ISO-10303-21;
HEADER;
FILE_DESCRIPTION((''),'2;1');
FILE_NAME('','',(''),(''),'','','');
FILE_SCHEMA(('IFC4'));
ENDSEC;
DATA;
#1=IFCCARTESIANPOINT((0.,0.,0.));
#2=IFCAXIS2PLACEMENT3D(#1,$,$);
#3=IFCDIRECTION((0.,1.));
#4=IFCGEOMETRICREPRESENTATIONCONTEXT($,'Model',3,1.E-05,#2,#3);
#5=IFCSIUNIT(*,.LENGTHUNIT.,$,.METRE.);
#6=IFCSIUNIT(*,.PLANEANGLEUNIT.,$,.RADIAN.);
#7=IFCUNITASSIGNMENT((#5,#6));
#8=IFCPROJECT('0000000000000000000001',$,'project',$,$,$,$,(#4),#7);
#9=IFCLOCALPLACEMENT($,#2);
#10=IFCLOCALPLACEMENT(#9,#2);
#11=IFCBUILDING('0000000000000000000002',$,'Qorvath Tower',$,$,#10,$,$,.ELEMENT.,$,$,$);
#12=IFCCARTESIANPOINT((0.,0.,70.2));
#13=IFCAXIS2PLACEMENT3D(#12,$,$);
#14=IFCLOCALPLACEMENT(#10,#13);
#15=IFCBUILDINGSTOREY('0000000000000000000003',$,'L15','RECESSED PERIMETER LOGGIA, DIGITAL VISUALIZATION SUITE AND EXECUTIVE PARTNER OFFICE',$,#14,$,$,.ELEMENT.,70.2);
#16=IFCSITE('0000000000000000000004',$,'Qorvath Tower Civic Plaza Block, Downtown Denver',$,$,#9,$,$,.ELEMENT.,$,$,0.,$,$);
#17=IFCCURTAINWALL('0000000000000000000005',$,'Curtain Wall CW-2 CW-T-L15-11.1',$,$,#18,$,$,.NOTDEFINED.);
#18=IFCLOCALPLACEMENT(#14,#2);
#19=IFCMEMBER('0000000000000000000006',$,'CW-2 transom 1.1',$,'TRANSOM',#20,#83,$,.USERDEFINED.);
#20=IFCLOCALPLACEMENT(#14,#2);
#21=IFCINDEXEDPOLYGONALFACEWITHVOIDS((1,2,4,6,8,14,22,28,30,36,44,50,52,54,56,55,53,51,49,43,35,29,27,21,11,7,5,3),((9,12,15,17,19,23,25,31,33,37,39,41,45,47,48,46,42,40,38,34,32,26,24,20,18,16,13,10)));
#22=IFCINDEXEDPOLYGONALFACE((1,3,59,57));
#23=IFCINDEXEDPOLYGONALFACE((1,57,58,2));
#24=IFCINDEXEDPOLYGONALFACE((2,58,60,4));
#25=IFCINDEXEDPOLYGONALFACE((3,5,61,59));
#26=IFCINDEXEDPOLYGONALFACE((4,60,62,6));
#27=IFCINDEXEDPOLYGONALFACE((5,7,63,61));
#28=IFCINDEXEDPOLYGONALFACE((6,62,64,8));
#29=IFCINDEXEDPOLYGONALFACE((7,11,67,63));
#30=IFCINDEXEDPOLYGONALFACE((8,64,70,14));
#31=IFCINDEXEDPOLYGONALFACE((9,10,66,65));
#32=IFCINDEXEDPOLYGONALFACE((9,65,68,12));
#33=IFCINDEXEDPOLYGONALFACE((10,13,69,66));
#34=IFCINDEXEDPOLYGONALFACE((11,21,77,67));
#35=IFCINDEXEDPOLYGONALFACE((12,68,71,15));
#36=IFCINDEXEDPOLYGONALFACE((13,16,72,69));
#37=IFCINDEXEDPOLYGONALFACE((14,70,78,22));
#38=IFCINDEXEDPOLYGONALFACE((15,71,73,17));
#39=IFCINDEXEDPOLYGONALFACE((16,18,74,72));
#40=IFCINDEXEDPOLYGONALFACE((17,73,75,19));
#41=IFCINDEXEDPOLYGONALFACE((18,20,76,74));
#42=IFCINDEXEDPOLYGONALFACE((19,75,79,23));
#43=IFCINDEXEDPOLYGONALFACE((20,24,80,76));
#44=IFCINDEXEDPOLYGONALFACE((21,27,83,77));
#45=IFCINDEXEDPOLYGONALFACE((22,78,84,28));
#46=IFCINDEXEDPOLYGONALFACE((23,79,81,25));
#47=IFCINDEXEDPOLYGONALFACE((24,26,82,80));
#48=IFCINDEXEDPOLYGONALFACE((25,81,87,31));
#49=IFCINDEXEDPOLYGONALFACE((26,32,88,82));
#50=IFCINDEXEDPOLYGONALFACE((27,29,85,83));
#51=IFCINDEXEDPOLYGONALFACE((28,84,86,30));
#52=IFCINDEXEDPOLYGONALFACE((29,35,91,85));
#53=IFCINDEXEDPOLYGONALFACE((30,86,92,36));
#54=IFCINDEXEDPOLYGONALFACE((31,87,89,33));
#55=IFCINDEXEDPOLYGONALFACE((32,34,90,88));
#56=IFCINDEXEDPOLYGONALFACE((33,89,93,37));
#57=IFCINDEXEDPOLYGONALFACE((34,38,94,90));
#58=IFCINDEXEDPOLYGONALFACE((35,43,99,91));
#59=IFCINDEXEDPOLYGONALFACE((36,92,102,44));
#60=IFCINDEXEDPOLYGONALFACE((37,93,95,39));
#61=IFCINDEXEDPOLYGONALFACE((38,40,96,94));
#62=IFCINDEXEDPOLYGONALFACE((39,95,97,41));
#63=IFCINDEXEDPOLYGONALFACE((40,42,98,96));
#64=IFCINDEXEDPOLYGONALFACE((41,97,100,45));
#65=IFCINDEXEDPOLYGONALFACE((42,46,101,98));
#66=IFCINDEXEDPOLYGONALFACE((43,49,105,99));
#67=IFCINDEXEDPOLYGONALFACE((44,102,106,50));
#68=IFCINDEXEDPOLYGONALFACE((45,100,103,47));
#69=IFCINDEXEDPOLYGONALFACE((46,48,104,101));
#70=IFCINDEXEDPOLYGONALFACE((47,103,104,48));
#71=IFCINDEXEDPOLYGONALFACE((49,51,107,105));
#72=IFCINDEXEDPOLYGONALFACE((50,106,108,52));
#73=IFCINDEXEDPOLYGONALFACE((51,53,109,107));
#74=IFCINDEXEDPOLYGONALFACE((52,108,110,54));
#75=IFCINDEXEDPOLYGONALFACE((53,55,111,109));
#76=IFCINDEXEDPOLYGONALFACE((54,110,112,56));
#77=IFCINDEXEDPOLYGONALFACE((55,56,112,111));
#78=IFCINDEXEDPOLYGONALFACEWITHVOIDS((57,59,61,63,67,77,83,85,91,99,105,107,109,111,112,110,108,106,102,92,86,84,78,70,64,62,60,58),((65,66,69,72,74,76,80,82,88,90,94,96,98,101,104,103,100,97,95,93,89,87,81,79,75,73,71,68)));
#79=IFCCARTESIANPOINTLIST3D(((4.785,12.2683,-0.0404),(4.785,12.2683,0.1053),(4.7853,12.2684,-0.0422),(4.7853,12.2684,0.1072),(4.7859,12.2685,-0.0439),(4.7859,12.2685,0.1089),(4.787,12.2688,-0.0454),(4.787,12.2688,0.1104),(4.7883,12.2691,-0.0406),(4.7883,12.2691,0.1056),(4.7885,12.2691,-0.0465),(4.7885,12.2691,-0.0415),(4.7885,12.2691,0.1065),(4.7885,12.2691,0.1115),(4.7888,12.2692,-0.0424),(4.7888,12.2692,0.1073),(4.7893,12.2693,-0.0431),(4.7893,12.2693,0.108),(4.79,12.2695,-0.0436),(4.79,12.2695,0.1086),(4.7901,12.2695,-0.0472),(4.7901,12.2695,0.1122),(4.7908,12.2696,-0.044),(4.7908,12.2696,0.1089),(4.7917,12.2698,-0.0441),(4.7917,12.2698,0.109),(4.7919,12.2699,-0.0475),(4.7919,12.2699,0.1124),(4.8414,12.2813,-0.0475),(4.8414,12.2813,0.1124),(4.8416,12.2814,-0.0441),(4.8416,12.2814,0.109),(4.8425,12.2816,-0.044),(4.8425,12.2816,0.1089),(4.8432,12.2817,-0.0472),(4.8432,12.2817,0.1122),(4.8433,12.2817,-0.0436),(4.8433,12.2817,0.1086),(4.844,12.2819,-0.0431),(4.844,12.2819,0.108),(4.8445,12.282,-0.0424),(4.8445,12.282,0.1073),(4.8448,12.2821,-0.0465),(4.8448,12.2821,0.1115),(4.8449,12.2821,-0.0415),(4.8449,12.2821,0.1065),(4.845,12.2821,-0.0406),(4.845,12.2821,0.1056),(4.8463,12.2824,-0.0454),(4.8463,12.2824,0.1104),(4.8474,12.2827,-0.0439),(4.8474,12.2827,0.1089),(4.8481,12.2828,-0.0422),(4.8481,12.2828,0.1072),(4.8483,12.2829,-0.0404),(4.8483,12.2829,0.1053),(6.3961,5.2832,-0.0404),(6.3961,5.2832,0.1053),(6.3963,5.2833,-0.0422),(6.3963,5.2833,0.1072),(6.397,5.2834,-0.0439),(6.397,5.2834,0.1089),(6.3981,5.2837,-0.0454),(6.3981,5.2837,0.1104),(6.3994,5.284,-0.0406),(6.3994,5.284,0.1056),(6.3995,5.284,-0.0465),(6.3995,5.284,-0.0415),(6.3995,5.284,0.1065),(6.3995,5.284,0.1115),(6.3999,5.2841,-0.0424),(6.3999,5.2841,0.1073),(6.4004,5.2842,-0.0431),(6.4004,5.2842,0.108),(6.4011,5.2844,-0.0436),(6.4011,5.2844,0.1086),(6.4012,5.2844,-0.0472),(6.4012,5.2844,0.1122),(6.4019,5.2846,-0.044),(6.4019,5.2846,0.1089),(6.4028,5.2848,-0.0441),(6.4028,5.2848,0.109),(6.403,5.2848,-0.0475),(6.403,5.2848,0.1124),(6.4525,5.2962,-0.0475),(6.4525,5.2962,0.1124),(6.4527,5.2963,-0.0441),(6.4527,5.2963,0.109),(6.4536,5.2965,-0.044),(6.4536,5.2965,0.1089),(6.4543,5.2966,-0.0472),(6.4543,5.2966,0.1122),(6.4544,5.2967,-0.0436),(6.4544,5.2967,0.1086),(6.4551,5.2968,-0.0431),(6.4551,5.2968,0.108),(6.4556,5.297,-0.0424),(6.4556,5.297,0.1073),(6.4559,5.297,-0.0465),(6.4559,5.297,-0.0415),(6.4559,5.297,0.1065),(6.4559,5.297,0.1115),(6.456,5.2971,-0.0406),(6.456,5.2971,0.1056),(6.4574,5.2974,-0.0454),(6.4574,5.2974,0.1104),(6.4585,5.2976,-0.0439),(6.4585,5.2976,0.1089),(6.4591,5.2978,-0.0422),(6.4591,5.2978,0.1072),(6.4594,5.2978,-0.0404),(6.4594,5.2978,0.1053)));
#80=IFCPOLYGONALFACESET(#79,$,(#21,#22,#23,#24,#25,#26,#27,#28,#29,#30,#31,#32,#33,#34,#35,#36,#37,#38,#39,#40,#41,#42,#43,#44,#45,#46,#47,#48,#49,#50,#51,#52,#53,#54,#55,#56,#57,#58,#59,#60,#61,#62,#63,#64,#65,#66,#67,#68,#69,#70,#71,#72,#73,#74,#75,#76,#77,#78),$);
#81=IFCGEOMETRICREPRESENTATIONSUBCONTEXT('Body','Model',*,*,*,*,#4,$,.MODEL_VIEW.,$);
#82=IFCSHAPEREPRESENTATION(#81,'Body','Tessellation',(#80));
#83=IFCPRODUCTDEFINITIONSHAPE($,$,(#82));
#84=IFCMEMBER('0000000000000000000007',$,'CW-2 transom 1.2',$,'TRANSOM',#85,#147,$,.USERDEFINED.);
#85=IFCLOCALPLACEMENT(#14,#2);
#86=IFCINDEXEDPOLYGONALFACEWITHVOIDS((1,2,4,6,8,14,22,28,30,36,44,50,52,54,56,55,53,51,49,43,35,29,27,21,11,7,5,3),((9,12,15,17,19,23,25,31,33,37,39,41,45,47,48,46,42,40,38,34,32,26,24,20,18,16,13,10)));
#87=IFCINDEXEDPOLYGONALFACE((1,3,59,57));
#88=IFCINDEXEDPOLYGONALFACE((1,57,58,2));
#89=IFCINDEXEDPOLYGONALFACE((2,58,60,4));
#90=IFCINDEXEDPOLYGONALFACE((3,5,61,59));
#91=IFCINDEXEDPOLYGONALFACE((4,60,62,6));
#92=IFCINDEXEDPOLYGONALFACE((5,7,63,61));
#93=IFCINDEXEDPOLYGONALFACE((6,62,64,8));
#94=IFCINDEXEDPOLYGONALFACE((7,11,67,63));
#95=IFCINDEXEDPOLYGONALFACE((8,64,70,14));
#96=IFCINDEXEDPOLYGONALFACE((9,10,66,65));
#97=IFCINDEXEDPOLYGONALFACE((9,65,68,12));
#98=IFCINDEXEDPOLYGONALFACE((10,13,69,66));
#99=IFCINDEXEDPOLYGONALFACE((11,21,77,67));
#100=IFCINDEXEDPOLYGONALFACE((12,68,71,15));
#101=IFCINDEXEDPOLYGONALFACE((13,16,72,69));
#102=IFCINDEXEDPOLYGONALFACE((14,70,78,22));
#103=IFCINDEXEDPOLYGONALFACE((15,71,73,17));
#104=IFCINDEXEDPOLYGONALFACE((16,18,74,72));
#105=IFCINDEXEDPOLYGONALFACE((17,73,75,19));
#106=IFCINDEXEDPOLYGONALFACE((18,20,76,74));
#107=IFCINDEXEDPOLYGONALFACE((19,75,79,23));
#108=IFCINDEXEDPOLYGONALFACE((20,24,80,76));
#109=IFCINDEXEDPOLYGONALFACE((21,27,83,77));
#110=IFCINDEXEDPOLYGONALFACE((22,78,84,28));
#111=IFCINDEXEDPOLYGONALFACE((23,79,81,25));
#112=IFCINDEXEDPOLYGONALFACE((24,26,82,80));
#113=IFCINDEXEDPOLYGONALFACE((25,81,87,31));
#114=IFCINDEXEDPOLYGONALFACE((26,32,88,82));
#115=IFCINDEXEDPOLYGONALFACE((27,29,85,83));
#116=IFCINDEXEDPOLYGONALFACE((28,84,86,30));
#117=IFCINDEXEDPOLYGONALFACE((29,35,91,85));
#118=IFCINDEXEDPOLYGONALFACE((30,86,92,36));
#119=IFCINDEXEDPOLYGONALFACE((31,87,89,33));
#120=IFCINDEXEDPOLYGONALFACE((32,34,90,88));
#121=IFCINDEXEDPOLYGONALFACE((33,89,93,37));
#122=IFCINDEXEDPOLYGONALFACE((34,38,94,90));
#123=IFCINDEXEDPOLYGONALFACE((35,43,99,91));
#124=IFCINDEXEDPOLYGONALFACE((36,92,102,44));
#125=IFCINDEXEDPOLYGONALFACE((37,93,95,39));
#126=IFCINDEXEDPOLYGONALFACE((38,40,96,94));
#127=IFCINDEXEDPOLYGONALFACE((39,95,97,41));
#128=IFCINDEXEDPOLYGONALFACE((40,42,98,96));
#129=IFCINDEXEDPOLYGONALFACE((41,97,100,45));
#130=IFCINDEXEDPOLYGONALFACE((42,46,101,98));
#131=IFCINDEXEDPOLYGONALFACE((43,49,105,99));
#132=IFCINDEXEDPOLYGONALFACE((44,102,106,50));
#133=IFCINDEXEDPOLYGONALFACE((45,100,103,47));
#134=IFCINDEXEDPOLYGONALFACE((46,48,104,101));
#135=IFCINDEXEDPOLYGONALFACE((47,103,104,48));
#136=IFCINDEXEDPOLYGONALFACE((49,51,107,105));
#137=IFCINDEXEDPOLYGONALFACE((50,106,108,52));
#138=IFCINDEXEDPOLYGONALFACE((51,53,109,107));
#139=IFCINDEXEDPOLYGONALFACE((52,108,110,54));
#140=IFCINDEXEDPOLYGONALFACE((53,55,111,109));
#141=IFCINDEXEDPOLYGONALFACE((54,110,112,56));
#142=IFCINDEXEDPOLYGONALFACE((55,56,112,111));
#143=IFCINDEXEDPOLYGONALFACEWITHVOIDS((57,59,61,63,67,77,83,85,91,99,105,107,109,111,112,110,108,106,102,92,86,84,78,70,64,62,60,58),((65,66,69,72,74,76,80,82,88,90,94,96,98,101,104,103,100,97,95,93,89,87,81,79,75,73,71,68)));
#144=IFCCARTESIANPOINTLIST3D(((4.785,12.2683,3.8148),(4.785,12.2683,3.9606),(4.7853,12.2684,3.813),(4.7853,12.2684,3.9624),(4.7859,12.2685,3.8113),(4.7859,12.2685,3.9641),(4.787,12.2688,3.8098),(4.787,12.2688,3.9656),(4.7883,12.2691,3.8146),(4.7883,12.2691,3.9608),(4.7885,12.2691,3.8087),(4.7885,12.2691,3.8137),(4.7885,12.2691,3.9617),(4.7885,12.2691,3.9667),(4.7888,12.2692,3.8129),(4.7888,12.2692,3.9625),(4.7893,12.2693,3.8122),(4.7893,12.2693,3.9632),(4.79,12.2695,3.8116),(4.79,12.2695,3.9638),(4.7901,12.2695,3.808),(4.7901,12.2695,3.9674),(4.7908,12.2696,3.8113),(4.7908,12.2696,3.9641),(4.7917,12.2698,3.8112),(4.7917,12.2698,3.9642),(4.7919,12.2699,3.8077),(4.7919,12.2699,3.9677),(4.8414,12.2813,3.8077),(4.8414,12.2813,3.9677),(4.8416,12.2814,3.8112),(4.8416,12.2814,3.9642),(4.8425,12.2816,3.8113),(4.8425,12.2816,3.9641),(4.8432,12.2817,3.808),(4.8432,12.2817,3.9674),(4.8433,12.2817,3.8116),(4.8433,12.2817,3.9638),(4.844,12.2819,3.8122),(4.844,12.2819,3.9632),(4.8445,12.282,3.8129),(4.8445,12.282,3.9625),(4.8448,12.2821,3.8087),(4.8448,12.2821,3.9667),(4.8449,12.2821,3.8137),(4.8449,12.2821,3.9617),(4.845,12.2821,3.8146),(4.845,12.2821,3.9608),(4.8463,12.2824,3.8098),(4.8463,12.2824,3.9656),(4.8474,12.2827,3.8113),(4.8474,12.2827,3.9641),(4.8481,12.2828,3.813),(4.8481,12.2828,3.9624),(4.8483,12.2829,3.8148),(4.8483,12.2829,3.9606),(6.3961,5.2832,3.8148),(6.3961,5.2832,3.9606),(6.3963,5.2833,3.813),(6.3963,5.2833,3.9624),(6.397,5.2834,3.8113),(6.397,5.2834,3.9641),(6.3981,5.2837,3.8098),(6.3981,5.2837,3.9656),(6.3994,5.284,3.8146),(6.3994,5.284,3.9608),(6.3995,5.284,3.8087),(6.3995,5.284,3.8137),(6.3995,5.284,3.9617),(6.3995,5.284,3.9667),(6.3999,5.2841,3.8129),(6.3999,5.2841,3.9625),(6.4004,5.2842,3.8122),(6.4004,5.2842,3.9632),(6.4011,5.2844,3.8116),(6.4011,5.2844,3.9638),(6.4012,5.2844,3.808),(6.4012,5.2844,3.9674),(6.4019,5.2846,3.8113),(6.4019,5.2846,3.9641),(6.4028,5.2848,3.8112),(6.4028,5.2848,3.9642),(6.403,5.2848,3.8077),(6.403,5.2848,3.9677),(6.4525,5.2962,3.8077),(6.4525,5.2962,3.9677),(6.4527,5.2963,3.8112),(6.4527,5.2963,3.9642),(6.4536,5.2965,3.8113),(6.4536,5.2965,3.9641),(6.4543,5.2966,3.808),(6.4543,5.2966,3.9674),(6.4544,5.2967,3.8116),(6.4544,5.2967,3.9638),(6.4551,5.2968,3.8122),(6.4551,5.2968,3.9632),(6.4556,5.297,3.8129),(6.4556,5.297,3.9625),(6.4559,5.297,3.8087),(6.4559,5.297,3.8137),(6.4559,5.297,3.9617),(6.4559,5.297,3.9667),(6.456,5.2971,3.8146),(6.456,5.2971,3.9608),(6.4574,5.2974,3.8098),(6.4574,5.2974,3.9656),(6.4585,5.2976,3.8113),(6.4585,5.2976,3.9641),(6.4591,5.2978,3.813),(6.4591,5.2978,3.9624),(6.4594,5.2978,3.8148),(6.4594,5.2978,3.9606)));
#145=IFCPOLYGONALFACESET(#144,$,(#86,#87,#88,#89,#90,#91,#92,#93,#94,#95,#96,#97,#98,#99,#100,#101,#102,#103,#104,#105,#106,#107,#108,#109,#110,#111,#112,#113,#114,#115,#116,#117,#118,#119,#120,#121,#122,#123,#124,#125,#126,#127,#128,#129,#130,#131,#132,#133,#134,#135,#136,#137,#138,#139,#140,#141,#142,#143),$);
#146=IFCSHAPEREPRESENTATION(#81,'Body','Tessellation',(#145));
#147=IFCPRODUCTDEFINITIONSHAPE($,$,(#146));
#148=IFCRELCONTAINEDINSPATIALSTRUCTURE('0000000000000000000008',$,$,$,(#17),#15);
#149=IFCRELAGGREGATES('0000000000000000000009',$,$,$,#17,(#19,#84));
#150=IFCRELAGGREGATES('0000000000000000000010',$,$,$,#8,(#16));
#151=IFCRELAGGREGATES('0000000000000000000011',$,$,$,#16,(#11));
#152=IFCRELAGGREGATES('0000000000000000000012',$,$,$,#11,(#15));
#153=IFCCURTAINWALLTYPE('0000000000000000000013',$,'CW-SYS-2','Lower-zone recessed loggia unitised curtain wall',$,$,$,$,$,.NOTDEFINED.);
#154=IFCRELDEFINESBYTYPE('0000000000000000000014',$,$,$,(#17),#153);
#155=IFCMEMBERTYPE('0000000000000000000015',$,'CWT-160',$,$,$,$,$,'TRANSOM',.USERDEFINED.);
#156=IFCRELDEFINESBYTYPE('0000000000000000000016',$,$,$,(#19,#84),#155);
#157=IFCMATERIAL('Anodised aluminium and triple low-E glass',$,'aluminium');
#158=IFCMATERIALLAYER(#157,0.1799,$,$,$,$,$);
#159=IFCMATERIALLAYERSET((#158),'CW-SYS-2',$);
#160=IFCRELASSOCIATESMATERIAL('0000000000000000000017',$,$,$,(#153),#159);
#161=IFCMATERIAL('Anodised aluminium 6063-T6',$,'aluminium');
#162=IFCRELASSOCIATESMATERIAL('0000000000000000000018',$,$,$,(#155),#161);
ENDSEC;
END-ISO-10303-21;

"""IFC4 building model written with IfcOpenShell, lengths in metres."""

from ifc_helpers import new_model, si_unit, direction, frame, origin, origin_2d, place, context, subcontext, project, spatial, hollow_rectangle, extrude, material, layer, layer_set, material_profile, profile_set, type_object, element, aggregate, save


model = new_model("IFC4")

# Units and contexts
model_context = context("Model", 3, precision=1e-05, world=origin(), true_north=direction((0.0, 1.0)))
body_context = subcontext(model_context, "Body", "Model", "MODEL_VIEW")
ifc_project = project(units=[si_unit("LENGTHUNIT", "METRE"), si_unit("PLANEANGLEUNIT", "RADIAN")], contexts=[model_context])

# Site, building, storey
site_placement = place(None, origin())
site = spatial("IfcSite", under=ifc_project, at=site_placement, Name="Qorvath Tower Civic Plaza Block, Downtown Denver", CompositionType="ELEMENT", RefElevation=0.0)
building_placement = place(site_placement, origin())
building = spatial("IfcBuilding", under=site, at=building_placement, Name="Qorvath Tower", CompositionType="ELEMENT")
storey_placement = place(building_placement, frame((0.0, 0.0, 70.2)))
storey = spatial("IfcBuildingStorey", under=building, at=storey_placement, Name="L15", Description="RECESSED PERIMETER LOGGIA, DIGITAL VISUALIZATION SUITE AND EXECUTIVE PARTNER OFFICE", CompositionType="ELEMENT", Elevation=70.2)

# Shared definitions
ifc_material_1 = material(Name="Anodised aluminium and triple low-E glass", Category="aluminium")
ifc_layer_1 = layer(ifc_material_1, 0.1799)
ifc_layer_set_1 = layer_set([ifc_layer_1], Name="CW-SYS-2")
curtain_wall_type = type_object("IfcCurtainWallType", Name="CW-SYS-2", Description="Lower-zone recessed loggia unitised curtain wall", PredefinedType="NOTDEFINED", material=ifc_layer_set_1)

# Curtain wall
curtain_wall_1_placement = place(storey_placement, origin())
curtain_wall_1 = element("IfcCurtainWall", 1, at=curtain_wall_1_placement, inside=storey, type_object=curtain_wall_type, Name="Curtain Wall CW-2 CW-T-L15-11.1", PredefinedType="NOTDEFINED")

# Members
ifc_material_2 = material(Name="Anodised aluminium 6063-T6", Category="aluminium")
ifc_material_profile_1 = material_profile(ifc_material_2, hollow_rectangle(XDim=0.0649, YDim=0.1599, WallThickness=0.0034, InnerFilletRadius=0.0034, OuterFilletRadius=0.0071, at=origin_2d()), Name="CWT 160x65")
ifc_profile_set_1 = profile_set([ifc_material_profile_1], Name="Anodised aluminium 6063-T6")
member_type_1 = type_object("IfcMemberType", Name="CWT-160", ElementType="TRANSOM", PredefinedType="USERDEFINED", material=ifc_profile_set_1)
member_1_placement = place(storey_placement, frame((6.4277, 5.2905, 0.0325), z_axis=(-0.224745, 0.974418, 0.0), x_axis=(-0.974418, -0.224745, 0.0)))
member_1 = element("IfcMember", 2, at=member_1_placement, type_object=member_type_1, Name="CW-2 transom 1.1", ObjectType="TRANSOM", PredefinedType="USERDEFINED", context=body_context, shape_type="SweptSolid", body=[
    extrude(hollow_rectangle(XDim=0.0649, YDim=0.1599, WallThickness=0.0034, InnerFilletRadius=0.0034, OuterFilletRadius=0.0071, at=origin_2d()), origin(), (0.0, 0.0, 1.0), 7.1685),
])
member_2_placement = place(storey_placement, frame((6.4277, 5.2905, 3.8877), z_axis=(-0.224745, 0.974418, 0.0), x_axis=(-0.974418, -0.224745, 0.0)))
member_2 = element("IfcMember", 3, at=member_2_placement, type_object=member_type_1, Name="CW-2 transom 1.2", ObjectType="TRANSOM", PredefinedType="USERDEFINED", context=body_context, shape_type="SweptSolid", body=[
    extrude(hollow_rectangle(XDim=0.0649, YDim=0.1599, WallThickness=0.0034, InnerFilletRadius=0.0034, OuterFilletRadius=0.0071, at=origin_2d()), origin(), (0.0, 0.0, 1.0), 7.1685),
])

aggregate(curtain_wall_1, [member_1, member_2])

save(model, "model.ifc")
